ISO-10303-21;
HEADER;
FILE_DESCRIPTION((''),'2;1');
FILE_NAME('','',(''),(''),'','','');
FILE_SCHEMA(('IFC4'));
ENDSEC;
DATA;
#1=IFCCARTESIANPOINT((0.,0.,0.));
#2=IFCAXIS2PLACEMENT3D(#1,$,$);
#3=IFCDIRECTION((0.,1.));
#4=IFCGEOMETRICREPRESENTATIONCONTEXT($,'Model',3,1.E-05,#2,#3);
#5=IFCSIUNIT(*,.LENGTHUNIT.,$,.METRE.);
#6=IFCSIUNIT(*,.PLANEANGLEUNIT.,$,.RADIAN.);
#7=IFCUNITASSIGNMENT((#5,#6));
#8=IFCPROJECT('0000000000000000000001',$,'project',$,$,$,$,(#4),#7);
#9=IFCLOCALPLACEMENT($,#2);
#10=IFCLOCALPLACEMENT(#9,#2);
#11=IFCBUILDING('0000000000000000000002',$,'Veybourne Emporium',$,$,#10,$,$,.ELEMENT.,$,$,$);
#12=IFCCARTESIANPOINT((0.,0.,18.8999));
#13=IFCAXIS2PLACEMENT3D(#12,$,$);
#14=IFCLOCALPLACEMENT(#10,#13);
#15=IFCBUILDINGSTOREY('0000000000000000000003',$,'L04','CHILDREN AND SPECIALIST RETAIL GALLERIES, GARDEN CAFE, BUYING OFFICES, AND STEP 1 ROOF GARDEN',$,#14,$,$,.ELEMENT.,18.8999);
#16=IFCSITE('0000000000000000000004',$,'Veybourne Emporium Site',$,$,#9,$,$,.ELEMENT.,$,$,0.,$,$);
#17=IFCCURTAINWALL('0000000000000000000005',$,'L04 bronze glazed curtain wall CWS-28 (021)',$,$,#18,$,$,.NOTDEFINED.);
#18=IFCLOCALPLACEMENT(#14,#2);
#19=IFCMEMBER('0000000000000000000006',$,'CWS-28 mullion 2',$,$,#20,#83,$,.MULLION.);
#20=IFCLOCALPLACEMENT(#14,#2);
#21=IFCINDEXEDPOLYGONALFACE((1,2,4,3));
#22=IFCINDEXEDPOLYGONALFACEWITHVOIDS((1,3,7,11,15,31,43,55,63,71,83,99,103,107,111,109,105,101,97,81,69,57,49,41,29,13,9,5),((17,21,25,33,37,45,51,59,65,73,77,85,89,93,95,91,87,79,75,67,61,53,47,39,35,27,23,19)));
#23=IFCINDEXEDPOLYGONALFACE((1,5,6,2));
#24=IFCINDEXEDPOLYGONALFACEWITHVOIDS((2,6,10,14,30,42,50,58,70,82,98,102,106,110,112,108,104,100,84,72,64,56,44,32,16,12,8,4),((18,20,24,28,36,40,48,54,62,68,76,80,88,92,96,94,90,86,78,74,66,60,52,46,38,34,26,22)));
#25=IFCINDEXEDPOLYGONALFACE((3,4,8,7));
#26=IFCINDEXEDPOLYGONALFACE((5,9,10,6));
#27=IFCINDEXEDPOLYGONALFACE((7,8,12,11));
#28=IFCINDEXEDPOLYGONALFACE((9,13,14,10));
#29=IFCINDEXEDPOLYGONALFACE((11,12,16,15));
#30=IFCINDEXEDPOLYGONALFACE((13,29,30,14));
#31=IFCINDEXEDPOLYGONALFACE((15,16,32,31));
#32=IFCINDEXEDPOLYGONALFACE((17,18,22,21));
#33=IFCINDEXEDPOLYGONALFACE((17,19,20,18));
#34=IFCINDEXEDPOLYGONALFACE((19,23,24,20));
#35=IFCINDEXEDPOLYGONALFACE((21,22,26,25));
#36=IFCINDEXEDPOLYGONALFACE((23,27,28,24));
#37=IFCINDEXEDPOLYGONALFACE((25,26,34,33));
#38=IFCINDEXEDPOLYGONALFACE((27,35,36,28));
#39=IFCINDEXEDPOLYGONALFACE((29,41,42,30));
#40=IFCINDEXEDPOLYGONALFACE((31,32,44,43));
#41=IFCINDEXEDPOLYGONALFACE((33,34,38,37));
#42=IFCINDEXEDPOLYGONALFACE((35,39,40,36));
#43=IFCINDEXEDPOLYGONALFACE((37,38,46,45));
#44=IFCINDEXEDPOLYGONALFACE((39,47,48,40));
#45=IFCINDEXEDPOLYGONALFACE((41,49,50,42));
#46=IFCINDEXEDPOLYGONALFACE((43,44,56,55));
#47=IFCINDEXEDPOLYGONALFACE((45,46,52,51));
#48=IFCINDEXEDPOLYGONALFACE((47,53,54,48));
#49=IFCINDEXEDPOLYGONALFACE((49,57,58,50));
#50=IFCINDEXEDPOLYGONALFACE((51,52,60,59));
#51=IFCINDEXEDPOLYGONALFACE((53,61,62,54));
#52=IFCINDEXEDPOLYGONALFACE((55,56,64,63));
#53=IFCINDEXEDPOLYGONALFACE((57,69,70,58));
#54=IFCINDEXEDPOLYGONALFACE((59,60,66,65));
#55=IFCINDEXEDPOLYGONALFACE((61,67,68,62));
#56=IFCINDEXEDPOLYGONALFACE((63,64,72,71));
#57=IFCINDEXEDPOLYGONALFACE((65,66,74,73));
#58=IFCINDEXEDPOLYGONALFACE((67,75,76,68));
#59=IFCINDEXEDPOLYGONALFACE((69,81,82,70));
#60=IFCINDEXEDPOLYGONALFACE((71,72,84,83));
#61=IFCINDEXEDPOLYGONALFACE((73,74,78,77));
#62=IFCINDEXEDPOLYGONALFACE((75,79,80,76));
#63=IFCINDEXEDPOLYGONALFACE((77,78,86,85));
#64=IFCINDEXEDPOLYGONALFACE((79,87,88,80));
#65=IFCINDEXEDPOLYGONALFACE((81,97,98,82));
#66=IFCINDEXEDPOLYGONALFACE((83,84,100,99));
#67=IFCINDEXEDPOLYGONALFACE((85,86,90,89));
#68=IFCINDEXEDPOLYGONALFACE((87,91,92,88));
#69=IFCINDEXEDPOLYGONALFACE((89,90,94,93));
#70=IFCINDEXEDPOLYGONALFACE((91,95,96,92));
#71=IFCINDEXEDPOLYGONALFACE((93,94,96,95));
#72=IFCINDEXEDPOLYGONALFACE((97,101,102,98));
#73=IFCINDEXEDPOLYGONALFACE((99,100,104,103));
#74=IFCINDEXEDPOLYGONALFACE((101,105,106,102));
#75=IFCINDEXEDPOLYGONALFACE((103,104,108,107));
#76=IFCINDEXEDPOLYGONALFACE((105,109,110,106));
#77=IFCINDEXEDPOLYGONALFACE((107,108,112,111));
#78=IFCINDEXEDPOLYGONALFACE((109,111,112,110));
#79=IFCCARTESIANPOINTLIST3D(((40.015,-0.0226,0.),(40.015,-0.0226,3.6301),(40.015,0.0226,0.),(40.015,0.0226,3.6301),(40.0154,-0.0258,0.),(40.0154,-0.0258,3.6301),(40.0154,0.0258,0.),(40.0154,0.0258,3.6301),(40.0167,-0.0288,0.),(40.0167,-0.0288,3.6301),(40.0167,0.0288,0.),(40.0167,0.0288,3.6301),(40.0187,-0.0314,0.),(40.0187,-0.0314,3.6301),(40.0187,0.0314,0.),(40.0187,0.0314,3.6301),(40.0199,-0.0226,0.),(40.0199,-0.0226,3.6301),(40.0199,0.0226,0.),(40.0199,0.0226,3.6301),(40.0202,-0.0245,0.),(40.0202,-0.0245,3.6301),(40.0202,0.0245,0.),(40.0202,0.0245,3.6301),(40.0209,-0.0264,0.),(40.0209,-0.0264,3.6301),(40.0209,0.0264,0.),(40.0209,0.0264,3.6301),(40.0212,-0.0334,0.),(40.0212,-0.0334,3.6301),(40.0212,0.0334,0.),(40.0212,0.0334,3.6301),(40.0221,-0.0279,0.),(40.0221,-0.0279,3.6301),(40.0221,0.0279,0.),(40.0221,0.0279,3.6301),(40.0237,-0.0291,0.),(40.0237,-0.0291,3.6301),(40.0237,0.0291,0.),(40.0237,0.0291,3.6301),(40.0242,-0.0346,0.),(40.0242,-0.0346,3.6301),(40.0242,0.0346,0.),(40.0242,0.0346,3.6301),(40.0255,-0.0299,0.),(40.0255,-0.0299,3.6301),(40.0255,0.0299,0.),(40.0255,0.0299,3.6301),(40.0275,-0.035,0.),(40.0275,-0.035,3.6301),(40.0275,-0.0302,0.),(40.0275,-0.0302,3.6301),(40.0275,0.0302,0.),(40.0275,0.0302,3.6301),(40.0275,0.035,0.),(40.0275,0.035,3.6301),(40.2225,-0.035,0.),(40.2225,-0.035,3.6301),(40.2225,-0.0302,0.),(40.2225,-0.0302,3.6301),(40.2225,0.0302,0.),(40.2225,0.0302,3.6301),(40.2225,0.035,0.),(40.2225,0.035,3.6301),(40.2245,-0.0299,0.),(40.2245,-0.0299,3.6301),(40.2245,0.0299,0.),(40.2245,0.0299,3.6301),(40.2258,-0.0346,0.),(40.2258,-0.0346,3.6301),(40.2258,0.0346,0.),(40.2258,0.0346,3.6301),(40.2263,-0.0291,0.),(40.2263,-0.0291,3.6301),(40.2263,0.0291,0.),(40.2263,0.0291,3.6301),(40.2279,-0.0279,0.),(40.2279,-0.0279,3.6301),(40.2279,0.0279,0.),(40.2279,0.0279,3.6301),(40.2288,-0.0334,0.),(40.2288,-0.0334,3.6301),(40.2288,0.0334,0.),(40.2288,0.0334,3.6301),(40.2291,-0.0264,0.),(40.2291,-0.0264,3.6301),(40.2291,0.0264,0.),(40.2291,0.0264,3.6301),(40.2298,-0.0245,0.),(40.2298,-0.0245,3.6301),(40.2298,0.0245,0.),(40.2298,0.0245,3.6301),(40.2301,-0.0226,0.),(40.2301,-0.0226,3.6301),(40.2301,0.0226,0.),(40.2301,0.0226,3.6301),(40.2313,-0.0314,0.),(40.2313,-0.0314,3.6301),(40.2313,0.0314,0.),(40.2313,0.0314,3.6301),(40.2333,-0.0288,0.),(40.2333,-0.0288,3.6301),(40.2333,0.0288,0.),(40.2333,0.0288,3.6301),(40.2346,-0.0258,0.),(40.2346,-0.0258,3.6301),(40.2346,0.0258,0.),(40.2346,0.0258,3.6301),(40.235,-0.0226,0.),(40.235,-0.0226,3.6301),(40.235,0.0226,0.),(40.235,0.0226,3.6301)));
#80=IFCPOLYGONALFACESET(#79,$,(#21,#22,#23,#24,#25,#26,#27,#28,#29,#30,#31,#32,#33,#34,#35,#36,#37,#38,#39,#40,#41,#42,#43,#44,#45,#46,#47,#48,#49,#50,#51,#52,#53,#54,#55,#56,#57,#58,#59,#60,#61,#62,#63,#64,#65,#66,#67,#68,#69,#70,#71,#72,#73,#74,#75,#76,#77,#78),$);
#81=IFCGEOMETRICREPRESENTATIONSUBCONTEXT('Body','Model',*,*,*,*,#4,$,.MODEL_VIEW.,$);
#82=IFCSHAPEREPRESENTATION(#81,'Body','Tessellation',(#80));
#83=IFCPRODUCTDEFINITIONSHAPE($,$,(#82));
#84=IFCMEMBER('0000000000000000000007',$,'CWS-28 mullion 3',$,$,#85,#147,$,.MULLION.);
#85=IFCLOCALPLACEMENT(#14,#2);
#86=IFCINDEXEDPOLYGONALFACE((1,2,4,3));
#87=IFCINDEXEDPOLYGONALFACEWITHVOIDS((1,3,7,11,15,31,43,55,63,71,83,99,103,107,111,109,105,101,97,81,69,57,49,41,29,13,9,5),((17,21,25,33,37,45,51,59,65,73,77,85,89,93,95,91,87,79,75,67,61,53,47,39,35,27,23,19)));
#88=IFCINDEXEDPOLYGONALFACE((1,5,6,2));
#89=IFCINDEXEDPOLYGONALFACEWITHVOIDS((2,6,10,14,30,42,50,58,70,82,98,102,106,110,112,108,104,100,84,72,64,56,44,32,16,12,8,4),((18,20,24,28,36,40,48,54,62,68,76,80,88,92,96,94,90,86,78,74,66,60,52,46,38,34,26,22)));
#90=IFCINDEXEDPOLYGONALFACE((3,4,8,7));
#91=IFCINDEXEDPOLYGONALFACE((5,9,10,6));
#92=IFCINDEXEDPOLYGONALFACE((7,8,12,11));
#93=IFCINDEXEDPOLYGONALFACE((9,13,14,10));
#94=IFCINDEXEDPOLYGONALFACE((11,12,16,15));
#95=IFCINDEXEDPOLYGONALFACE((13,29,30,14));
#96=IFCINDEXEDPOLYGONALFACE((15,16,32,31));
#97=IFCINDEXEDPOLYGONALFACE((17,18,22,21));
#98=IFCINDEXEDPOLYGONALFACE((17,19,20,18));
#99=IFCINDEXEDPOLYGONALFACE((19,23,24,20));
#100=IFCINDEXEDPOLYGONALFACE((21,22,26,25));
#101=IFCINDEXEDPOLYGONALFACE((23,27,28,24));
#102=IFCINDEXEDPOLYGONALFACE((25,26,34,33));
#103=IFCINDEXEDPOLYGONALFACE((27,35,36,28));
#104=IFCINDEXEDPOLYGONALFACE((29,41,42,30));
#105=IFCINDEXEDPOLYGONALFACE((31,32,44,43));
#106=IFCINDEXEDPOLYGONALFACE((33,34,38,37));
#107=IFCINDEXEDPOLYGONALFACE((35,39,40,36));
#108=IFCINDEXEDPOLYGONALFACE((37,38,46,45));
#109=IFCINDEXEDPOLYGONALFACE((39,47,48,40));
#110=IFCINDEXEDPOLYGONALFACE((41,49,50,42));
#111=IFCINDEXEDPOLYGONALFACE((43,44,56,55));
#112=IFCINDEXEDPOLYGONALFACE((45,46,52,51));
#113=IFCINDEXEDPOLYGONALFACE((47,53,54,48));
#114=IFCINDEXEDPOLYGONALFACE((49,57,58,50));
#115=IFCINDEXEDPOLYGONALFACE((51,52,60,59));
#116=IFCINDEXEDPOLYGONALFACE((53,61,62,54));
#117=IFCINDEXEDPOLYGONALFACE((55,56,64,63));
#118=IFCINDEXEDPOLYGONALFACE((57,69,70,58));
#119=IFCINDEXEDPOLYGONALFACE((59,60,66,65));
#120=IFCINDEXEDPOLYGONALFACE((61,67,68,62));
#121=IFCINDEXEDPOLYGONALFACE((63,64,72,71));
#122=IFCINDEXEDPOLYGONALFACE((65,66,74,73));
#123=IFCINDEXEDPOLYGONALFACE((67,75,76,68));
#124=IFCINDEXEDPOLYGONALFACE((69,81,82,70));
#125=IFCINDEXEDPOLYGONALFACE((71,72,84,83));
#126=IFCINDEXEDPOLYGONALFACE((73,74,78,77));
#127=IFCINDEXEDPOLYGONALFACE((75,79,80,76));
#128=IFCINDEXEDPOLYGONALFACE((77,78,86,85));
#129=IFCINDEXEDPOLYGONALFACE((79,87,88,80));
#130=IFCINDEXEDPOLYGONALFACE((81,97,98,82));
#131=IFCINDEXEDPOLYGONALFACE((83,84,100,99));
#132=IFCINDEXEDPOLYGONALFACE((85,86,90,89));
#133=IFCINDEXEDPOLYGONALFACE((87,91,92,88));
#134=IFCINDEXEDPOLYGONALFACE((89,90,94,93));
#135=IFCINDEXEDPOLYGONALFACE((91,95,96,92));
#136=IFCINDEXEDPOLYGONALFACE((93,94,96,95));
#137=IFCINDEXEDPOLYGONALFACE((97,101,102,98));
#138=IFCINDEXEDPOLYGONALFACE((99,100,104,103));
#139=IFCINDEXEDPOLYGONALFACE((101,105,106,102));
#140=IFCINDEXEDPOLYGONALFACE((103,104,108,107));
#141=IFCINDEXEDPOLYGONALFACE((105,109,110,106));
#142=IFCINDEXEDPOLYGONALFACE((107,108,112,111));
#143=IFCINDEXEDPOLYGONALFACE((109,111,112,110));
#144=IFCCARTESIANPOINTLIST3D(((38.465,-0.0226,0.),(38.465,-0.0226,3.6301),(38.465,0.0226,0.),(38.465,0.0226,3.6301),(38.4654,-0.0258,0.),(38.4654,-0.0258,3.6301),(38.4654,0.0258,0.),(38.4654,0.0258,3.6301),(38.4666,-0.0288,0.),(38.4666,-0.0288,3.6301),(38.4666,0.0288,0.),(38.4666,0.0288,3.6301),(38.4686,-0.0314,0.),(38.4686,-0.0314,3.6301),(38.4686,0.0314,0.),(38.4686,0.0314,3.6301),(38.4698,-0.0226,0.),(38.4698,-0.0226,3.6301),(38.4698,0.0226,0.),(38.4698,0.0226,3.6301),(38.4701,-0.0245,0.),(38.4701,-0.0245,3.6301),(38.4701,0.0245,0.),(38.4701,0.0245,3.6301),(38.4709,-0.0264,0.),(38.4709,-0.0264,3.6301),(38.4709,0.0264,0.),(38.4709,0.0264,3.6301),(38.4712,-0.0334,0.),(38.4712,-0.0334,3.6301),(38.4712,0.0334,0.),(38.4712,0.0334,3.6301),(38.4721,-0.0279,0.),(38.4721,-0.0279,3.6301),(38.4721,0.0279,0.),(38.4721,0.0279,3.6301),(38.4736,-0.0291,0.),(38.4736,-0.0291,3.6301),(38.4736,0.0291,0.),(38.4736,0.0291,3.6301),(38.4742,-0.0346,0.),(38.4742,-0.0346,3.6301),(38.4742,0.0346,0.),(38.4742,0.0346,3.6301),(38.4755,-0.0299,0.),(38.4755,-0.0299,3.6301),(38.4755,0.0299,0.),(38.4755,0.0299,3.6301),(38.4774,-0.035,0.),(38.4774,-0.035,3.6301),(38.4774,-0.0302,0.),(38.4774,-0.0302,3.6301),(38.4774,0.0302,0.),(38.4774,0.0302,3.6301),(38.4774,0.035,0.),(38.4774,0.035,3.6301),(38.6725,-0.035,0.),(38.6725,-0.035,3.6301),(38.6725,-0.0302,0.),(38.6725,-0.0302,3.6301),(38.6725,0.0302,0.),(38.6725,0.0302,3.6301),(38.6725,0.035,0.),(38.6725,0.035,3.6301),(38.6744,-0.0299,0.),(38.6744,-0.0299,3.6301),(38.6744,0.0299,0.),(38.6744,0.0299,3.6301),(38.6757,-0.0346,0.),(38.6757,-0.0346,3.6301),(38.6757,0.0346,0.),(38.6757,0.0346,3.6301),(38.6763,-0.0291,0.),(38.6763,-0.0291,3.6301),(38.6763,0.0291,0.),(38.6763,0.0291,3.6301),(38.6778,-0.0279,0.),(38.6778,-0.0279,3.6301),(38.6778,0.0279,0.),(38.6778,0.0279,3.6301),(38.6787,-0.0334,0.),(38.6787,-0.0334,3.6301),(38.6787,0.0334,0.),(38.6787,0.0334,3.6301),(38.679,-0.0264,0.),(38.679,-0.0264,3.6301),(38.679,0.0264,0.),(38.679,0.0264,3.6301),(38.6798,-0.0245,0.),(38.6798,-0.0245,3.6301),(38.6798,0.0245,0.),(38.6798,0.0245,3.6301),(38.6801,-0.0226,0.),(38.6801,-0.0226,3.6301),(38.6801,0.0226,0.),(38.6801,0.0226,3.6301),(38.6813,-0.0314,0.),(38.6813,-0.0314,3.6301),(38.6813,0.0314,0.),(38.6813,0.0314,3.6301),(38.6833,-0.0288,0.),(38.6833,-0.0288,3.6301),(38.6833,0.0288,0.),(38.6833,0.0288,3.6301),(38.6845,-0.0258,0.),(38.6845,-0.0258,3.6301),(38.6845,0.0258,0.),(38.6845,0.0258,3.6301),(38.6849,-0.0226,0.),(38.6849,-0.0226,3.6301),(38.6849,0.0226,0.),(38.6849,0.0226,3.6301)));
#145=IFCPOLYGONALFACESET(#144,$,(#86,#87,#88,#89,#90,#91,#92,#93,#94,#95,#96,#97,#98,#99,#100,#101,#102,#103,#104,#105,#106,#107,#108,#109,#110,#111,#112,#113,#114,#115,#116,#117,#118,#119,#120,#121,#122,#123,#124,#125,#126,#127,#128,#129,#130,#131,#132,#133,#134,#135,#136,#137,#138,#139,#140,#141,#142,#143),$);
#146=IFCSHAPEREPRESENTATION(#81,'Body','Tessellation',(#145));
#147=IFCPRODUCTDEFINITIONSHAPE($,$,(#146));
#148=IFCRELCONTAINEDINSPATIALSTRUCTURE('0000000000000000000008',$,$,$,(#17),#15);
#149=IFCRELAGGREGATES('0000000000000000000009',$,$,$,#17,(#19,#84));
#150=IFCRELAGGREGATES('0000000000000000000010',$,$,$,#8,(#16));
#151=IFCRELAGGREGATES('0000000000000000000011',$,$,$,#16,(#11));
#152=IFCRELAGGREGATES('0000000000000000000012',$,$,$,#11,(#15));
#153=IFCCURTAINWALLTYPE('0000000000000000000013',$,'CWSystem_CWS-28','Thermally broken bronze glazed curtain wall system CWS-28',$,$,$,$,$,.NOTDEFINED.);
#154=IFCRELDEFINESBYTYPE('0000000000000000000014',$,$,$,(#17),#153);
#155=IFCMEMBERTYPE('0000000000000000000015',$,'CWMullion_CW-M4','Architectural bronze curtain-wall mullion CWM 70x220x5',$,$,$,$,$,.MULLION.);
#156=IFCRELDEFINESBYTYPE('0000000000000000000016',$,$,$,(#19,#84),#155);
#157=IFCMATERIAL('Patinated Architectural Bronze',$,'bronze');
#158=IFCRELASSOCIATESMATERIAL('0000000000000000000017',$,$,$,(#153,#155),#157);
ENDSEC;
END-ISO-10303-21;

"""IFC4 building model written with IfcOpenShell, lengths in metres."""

from ifc_helpers import new_model, si_unit, direction, frame, origin, origin_2d, place, context, subcontext, project, spatial, hollow_rectangle, extrude, material, material_profile, profile_set, type_object, element, aggregate, save


model = new_model("IFC4")

# Units and contexts
model_context = context("Model", 3, precision=1e-05, world=origin(), true_north=direction((0.0, 1.0)))
body_context = subcontext(model_context, "Body", "Model", "MODEL_VIEW")
ifc_project = project(units=[si_unit("LENGTHUNIT", "METRE"), si_unit("PLANEANGLEUNIT", "RADIAN")], contexts=[model_context])

# Site, building, storey
site_placement = place(None, origin())
site = spatial("IfcSite", under=ifc_project, at=site_placement, Name="Veybourne Emporium Site", CompositionType="ELEMENT", RefElevation=0.0)
building_placement = place(site_placement, origin())
building = spatial("IfcBuilding", under=site, at=building_placement, Name="Veybourne Emporium", CompositionType="ELEMENT")
storey_placement = place(building_placement, frame((0.0, 0.0, 18.8999)))
storey = spatial("IfcBuildingStorey", under=building, at=storey_placement, Name="L04", Description="CHILDREN AND SPECIALIST RETAIL GALLERIES, GARDEN CAFE, BUYING OFFICES, AND STEP 1 ROOF GARDEN", CompositionType="ELEMENT", Elevation=18.8999)

# Curtain wall, members
ifc_material_1 = material(Name="Patinated Architectural Bronze", Category="bronze")
curtain_wall_type = type_object("IfcCurtainWallType", Name="CWSystem_CWS-28", Description="Thermally broken bronze glazed curtain wall system CWS-28", PredefinedType="NOTDEFINED", material=ifc_material_1)
curtain_wall_placement = place(storey_placement, origin())
curtain_wall = element("IfcCurtainWall", 1, at=curtain_wall_placement, inside=storey, type_object=curtain_wall_type, Name="L04 bronze glazed curtain wall CWS-28 (021)", PredefinedType="NOTDEFINED")
ifc_material_profile_1 = material_profile(ifc_material_1, hollow_rectangle(XDim=0.0701, YDim=0.22, WallThickness=0.0049, InnerFilletRadius=0.0076, OuterFilletRadius=0.0125, at=origin_2d()), Name="CWM 70x220x5")
ifc_profile_set_1 = profile_set([ifc_material_profile_1], Name="Patinated Architectural Bronze")
member_type_1 = type_object("IfcMemberType", Name="CWMullion_CW-M4", Description="Architectural bronze curtain-wall mullion CWM 70x220x5", PredefinedType="MULLION", material=ifc_profile_set_1)
member_1_placement = place(storey_placement, frame((40.125, 0.0, 0.0), z_axis=(0.0, 0.0, 1.0), x_axis=(0.0, -1.0, 0.0)))
member_1 = element("IfcMember", 2, at=member_1_placement, type_object=member_type_1, Name="CWS-28 mullion 2", PredefinedType="MULLION", context=body_context, shape_type="SweptSolid", body=[
    extrude(hollow_rectangle(XDim=0.0701, YDim=0.22, WallThickness=0.0049, InnerFilletRadius=0.0076, OuterFilletRadius=0.0125, at=origin_2d()), origin(), (0.0, 0.0, 1.0), 3.6301),
])
member_2_placement = place(storey_placement, frame((38.575, 0.0, 0.0), z_axis=(0.0, 0.0, 1.0), x_axis=(0.0, -1.0, 0.0)))
member_2 = element("IfcMember", 3, at=member_2_placement, type_object=member_type_1, Name="CWS-28 mullion 3", PredefinedType="MULLION", context=body_context, shape_type="SweptSolid", body=[
    extrude(hollow_rectangle(XDim=0.0701, YDim=0.22, WallThickness=0.0049, InnerFilletRadius=0.0076, OuterFilletRadius=0.0125, at=origin_2d()), origin(), (0.0, 0.0, 1.0), 3.6301),
])
aggregate(curtain_wall, [member_1, member_2])

save(model, "model.ifc")
